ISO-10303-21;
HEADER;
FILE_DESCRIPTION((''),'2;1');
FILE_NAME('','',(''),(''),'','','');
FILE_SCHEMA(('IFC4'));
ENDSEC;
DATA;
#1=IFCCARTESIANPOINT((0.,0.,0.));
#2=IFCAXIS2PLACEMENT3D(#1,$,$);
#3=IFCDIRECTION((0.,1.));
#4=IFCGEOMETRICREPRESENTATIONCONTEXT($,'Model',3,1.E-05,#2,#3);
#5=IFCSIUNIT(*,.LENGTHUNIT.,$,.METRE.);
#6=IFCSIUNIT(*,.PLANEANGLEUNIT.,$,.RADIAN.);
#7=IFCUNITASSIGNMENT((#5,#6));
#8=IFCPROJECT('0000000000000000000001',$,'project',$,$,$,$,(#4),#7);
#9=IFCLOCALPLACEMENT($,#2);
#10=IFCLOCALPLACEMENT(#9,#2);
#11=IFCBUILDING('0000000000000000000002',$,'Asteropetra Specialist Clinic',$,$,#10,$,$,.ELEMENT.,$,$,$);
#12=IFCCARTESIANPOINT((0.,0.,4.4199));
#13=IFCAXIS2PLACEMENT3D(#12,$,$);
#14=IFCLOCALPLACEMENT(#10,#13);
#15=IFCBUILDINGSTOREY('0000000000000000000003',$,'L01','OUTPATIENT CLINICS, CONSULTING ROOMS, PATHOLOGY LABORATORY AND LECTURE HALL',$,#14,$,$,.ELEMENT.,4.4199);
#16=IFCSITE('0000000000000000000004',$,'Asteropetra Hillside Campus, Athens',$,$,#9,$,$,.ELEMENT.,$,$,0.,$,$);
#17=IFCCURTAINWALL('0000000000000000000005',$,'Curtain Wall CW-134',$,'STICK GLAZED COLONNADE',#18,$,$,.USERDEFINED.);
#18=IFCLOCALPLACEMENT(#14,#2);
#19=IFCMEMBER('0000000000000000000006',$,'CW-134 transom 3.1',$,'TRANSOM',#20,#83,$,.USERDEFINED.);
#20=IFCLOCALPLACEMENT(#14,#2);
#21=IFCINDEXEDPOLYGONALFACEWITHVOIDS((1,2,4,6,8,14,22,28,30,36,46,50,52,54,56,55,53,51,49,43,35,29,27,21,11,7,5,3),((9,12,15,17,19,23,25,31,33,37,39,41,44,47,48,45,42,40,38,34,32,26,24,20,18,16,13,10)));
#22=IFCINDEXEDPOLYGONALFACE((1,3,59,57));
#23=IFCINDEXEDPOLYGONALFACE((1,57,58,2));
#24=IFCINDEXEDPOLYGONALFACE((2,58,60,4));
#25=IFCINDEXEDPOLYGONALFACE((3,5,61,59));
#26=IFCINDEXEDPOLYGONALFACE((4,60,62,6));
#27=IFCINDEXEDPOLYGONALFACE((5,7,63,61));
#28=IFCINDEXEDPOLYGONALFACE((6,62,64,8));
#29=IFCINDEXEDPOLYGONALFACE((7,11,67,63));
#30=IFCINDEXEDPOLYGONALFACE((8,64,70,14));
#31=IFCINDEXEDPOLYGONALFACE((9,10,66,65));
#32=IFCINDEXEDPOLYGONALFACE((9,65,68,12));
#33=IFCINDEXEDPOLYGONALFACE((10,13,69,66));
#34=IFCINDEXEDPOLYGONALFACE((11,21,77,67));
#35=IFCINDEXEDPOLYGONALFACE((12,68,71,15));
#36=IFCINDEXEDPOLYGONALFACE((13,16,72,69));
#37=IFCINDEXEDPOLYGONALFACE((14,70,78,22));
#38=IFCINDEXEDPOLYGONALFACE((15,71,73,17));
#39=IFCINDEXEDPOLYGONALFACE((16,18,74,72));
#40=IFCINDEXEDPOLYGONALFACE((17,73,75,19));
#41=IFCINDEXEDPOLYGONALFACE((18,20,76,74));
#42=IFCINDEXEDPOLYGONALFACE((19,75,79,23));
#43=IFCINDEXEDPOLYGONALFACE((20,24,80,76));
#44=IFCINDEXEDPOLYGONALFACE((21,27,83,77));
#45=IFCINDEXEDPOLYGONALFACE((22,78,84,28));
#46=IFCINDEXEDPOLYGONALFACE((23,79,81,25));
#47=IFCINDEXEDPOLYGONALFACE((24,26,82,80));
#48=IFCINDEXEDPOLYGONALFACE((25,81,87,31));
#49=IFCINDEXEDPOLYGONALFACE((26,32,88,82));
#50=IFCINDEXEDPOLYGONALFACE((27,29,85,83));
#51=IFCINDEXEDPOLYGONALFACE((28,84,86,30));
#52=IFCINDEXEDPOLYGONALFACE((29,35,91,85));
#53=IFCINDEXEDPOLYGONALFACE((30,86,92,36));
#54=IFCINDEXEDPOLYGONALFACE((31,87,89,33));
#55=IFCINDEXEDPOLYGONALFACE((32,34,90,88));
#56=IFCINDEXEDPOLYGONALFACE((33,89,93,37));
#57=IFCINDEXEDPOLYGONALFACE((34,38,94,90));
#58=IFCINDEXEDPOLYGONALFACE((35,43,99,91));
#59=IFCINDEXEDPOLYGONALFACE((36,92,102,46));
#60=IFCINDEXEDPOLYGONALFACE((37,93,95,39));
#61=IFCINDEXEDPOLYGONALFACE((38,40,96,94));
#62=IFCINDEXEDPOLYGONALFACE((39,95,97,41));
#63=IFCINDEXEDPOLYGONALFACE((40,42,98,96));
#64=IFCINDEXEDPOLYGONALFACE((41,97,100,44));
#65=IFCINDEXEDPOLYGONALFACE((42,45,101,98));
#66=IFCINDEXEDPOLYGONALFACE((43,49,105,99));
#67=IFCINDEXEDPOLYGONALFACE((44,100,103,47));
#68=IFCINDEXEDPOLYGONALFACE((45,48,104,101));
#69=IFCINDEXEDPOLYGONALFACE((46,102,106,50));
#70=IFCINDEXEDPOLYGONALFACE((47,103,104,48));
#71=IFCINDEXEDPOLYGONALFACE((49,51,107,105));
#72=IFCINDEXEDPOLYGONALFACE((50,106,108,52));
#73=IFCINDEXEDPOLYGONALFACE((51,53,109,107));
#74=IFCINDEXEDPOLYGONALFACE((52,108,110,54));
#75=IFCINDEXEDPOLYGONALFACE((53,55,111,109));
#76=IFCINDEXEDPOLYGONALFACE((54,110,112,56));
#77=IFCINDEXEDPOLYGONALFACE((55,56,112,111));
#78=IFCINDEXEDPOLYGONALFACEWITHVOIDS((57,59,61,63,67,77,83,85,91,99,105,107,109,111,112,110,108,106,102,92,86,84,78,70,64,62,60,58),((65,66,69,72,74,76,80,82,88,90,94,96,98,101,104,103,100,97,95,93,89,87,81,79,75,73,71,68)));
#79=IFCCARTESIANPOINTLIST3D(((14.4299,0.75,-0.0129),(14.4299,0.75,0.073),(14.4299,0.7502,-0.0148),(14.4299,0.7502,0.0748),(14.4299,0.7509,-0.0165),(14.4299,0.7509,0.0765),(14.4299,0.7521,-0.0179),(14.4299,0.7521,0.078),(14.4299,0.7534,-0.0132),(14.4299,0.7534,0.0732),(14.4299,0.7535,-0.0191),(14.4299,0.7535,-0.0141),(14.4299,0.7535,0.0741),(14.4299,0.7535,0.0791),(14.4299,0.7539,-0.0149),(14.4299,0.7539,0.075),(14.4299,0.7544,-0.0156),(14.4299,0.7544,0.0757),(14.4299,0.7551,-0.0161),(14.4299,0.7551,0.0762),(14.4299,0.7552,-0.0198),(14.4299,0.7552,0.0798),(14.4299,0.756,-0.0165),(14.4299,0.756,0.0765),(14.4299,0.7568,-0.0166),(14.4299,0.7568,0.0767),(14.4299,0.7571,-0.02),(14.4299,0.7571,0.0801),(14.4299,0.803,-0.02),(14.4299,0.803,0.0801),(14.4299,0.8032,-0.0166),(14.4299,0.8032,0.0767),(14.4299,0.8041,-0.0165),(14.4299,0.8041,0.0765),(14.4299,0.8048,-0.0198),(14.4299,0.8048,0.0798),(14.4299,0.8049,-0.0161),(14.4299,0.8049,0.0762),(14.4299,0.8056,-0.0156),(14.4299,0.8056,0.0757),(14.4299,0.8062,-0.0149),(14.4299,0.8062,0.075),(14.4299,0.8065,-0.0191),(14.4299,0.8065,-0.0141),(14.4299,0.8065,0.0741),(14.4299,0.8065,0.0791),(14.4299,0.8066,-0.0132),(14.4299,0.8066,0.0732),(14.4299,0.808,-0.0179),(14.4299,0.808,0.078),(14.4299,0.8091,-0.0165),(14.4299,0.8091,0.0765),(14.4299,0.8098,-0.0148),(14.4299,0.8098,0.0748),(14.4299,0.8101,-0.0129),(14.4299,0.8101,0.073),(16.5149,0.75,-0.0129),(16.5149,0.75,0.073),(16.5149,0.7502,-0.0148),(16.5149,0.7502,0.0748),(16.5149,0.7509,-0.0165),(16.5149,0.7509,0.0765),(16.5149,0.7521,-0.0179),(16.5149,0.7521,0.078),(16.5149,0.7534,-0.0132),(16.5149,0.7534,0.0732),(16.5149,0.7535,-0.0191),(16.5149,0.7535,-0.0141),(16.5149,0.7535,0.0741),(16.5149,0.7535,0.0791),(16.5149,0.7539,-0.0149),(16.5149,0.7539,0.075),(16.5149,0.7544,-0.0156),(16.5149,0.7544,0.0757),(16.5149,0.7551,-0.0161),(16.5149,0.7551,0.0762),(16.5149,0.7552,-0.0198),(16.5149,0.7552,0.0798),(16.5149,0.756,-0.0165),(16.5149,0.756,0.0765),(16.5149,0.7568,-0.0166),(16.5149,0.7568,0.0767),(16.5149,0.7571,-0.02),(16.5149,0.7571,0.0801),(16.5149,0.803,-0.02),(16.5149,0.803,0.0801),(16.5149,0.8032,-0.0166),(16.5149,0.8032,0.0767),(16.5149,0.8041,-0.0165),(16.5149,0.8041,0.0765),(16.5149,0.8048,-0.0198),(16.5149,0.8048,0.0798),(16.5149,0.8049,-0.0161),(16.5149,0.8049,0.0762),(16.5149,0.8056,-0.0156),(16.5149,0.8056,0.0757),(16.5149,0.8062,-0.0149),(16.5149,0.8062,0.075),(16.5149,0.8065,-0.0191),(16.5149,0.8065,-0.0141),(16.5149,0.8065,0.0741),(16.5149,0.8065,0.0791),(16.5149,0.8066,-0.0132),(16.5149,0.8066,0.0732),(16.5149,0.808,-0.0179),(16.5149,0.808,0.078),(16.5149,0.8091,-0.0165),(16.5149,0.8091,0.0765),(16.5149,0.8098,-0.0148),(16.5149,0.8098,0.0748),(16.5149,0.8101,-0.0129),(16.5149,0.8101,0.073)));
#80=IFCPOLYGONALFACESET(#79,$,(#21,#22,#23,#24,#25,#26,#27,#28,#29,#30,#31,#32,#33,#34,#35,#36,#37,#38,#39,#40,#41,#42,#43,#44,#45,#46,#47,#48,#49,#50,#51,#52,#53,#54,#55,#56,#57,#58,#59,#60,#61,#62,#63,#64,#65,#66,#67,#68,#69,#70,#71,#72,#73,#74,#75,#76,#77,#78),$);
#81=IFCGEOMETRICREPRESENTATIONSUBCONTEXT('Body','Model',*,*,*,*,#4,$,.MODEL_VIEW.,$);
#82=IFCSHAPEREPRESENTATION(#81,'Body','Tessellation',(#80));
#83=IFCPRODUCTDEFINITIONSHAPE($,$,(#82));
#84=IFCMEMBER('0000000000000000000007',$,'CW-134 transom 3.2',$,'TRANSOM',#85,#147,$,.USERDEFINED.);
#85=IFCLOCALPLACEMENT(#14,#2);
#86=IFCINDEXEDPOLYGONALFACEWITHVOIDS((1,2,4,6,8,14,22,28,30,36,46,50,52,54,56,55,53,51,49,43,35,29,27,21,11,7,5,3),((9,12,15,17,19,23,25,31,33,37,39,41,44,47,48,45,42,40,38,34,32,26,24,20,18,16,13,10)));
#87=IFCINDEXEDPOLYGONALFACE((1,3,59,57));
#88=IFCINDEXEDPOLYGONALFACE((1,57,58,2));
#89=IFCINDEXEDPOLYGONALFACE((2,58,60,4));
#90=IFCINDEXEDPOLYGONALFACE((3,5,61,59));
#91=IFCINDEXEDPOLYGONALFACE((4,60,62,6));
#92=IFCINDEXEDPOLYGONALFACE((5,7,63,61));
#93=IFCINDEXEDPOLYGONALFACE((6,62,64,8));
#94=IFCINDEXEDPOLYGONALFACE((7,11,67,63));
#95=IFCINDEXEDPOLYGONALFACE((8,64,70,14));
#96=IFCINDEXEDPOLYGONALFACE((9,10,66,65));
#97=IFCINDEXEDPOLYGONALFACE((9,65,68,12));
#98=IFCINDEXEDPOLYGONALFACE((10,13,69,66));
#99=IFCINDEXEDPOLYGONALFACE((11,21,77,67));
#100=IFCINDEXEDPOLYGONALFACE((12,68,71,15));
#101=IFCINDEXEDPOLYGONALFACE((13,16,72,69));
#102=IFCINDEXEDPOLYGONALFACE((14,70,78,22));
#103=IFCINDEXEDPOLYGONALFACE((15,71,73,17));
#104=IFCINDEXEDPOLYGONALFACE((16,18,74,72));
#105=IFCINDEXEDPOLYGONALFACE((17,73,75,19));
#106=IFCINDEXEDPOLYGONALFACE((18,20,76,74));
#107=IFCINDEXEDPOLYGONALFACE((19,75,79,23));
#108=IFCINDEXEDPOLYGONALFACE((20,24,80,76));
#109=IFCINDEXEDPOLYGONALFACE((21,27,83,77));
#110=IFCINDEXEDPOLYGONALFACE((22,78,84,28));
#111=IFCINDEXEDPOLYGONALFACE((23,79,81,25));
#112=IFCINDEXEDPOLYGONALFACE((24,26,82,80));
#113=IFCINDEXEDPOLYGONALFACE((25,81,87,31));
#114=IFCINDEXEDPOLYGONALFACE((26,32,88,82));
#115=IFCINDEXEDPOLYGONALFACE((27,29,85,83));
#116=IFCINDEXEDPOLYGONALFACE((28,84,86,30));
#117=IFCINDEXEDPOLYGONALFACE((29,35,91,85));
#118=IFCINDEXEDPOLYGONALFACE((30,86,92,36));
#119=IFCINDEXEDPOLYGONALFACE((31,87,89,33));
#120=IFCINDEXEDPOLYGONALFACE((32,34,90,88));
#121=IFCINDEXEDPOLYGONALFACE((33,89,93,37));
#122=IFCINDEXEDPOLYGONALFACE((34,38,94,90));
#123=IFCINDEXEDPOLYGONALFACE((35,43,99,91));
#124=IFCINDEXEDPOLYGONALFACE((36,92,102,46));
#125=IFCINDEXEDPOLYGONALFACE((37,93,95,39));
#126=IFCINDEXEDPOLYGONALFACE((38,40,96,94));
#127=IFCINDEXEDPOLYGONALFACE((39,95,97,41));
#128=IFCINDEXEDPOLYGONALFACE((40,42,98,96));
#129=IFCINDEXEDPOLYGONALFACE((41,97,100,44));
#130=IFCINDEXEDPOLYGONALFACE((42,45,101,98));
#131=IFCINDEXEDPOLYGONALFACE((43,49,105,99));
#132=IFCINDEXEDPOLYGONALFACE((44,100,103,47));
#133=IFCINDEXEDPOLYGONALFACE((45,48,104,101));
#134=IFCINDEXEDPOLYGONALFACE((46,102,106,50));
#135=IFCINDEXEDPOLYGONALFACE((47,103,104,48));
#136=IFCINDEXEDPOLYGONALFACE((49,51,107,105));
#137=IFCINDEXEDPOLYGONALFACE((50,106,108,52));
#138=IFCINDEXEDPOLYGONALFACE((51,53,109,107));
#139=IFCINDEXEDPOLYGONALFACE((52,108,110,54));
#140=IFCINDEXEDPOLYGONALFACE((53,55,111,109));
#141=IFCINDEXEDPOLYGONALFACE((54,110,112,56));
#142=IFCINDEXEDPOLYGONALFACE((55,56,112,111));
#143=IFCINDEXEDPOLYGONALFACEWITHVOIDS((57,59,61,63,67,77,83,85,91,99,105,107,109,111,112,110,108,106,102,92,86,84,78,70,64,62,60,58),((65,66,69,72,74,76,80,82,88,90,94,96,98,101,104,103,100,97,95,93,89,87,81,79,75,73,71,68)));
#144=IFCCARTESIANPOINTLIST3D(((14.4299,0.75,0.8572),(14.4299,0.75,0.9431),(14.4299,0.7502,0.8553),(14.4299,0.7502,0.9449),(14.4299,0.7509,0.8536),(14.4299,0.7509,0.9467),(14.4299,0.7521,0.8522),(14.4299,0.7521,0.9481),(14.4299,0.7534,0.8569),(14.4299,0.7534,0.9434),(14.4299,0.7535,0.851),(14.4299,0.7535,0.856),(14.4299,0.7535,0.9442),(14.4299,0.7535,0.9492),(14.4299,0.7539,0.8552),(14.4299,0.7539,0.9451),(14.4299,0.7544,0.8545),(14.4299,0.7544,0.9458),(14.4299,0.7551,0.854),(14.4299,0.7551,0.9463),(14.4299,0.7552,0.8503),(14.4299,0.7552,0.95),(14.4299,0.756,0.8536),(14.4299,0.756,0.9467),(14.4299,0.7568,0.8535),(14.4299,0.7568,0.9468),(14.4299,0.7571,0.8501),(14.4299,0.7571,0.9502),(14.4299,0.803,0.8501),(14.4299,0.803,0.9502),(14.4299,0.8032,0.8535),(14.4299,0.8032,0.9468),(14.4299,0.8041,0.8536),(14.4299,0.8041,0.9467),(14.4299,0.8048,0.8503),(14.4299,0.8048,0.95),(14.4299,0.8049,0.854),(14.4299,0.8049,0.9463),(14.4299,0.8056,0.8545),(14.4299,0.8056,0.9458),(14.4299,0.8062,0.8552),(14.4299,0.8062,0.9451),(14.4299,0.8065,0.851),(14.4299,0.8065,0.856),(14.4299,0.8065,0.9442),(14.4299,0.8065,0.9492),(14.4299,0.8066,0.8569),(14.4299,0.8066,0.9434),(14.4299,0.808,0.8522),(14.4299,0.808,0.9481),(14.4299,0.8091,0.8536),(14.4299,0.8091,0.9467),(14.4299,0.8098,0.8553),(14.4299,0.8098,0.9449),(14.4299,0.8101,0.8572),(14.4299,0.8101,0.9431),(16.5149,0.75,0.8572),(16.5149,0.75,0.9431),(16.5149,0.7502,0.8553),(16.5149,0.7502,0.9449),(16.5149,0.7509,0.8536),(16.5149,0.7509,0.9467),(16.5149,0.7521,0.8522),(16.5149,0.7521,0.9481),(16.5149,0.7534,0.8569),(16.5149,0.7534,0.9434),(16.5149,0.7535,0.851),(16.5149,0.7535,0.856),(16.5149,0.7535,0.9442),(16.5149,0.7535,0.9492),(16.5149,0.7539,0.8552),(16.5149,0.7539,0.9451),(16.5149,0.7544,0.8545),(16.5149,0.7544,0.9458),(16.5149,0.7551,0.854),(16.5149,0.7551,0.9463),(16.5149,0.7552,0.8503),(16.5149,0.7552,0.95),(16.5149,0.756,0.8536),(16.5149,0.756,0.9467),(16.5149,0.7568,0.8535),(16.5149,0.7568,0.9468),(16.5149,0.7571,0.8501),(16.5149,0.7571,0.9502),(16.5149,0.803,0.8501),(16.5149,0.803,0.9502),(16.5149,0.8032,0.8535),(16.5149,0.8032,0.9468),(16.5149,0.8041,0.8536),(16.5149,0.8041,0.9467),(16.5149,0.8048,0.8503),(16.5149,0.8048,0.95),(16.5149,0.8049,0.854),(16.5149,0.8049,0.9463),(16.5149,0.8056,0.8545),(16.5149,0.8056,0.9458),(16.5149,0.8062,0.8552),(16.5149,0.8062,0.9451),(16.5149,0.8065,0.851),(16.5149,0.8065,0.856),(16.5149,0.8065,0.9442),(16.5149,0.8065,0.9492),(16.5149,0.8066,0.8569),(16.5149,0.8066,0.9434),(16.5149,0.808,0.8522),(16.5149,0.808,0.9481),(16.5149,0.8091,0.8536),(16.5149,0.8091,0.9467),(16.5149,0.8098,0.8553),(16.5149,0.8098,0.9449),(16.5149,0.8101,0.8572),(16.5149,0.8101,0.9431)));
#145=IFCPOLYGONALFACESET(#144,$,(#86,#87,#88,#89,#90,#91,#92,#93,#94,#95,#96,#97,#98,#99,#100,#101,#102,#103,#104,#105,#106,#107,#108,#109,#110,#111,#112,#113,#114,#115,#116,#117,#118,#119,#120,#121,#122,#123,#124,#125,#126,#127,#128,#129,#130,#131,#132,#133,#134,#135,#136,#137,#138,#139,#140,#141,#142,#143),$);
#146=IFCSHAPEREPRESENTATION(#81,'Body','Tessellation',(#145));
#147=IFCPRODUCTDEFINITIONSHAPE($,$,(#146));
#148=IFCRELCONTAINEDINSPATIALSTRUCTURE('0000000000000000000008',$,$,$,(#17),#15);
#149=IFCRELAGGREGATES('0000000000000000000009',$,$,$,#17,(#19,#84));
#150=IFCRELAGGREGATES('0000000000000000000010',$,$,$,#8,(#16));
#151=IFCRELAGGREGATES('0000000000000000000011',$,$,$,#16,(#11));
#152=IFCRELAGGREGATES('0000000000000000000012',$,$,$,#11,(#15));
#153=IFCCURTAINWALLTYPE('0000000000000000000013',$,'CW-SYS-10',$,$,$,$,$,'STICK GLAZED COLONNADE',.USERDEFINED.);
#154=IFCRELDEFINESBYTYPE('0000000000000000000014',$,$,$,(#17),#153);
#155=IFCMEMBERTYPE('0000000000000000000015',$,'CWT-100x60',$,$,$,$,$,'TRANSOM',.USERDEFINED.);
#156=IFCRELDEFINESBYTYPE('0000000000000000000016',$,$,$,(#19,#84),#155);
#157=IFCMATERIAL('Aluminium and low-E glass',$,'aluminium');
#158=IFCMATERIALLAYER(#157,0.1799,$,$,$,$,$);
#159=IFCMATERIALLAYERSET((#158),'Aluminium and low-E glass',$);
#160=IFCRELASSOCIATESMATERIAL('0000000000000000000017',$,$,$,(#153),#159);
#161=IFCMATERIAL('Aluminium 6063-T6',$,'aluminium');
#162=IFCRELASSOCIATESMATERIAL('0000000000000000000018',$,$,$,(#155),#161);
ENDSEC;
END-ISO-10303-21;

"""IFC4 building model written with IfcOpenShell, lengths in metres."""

from ifc_helpers import new_model, si_unit, direction, frame, origin, origin_2d, place, context, subcontext, project, spatial, hollow_rectangle, extrude, material, layer, layer_set, material_profile, profile_set, type_object, element, aggregate, save


model = new_model("IFC4")

# Units and contexts
model_context = context("Model", 3, precision=1e-05, world=origin(), true_north=direction((0.0, 1.0)))
body_context = subcontext(model_context, "Body", "Model", "MODEL_VIEW")
ifc_project = project(units=[si_unit("LENGTHUNIT", "METRE"), si_unit("PLANEANGLEUNIT", "RADIAN")], contexts=[model_context])

# Site, building, storey
site_placement = place(None, origin())
site = spatial("IfcSite", under=ifc_project, at=site_placement, Name="Asteropetra Hillside Campus, Athens", CompositionType="ELEMENT", RefElevation=0.0)
building_placement = place(site_placement, origin())
building = spatial("IfcBuilding", under=site, at=building_placement, Name="Asteropetra Specialist Clinic", CompositionType="ELEMENT")
storey_placement = place(building_placement, frame((0.0, 0.0, 4.4199)))
storey = spatial("IfcBuildingStorey", under=building, at=storey_placement, Name="L01", Description="OUTPATIENT CLINICS, CONSULTING ROOMS, PATHOLOGY LABORATORY AND LECTURE HALL", CompositionType="ELEMENT", Elevation=4.4199)

# Curtain wall, members
ifc_material_1 = material(Name="Aluminium and low-E glass", Category="aluminium")
ifc_layer_1 = layer(ifc_material_1, 0.1799)
ifc_layer_set_1 = layer_set([ifc_layer_1], Name="Aluminium and low-E glass")
curtain_wall_type = type_object("IfcCurtainWallType", Name="CW-SYS-10", ElementType="STICK GLAZED COLONNADE", PredefinedType="USERDEFINED", material=ifc_layer_set_1)
curtain_wall_placement = place(storey_placement, origin())
curtain_wall = element("IfcCurtainWall", 1, at=curtain_wall_placement, inside=storey, type_object=curtain_wall_type, Name="Curtain Wall CW-134", ObjectType="STICK GLAZED COLONNADE", PredefinedType="USERDEFINED")
ifc_material_2 = material(Name="Aluminium 6063-T6", Category="aluminium")
ifc_material_profile_1 = material_profile(ifc_material_2, hollow_rectangle(XDim=0.0601, YDim=0.1001, WallThickness=0.0034, InnerFilletRadius=0.0034, OuterFilletRadius=0.0071, at=origin_2d()), Name="TRN 100x60x3.5")
ifc_profile_set_1 = profile_set([ifc_material_profile_1], Name="Aluminium 6063-T6")
member_type_1 = type_object("IfcMemberType", Name="CWT-100x60", ElementType="TRANSOM", PredefinedType="USERDEFINED", material=ifc_profile_set_1)
member_1_placement = place(storey_placement, frame((14.4299, 0.78, 0.03), z_axis=(1.0, 0.0, 0.0), x_axis=(0.0, 1.0, 0.0)))
member_1 = element("IfcMember", 2, at=member_1_placement, type_object=member_type_1, Name="CW-134 transom 3.1", ObjectType="TRANSOM", PredefinedType="USERDEFINED", context=body_context, shape_type="SweptSolid", body=[
    extrude(hollow_rectangle(XDim=0.0601, YDim=0.1001, WallThickness=0.0034, InnerFilletRadius=0.0034, OuterFilletRadius=0.0071, at=origin_2d()), origin(), (0.0, 0.0, 1.0), 2.085),
])
member_2_placement = place(storey_placement, frame((14.4299, 0.78, 0.9001), z_axis=(1.0, 0.0, 0.0), x_axis=(0.0, 1.0, 0.0)))
member_2 = element("IfcMember", 3, at=member_2_placement, type_object=member_type_1, Name="CW-134 transom 3.2", ObjectType="TRANSOM", PredefinedType="USERDEFINED", context=body_context, shape_type="SweptSolid", body=[
    extrude(hollow_rectangle(XDim=0.0601, YDim=0.1001, WallThickness=0.0034, InnerFilletRadius=0.0034, OuterFilletRadius=0.0071, at=origin_2d()), origin(), (0.0, 0.0, 1.0), 2.085),
])

aggregate(curtain_wall, [member_1, member_2])

save(model, "model.ifc")
